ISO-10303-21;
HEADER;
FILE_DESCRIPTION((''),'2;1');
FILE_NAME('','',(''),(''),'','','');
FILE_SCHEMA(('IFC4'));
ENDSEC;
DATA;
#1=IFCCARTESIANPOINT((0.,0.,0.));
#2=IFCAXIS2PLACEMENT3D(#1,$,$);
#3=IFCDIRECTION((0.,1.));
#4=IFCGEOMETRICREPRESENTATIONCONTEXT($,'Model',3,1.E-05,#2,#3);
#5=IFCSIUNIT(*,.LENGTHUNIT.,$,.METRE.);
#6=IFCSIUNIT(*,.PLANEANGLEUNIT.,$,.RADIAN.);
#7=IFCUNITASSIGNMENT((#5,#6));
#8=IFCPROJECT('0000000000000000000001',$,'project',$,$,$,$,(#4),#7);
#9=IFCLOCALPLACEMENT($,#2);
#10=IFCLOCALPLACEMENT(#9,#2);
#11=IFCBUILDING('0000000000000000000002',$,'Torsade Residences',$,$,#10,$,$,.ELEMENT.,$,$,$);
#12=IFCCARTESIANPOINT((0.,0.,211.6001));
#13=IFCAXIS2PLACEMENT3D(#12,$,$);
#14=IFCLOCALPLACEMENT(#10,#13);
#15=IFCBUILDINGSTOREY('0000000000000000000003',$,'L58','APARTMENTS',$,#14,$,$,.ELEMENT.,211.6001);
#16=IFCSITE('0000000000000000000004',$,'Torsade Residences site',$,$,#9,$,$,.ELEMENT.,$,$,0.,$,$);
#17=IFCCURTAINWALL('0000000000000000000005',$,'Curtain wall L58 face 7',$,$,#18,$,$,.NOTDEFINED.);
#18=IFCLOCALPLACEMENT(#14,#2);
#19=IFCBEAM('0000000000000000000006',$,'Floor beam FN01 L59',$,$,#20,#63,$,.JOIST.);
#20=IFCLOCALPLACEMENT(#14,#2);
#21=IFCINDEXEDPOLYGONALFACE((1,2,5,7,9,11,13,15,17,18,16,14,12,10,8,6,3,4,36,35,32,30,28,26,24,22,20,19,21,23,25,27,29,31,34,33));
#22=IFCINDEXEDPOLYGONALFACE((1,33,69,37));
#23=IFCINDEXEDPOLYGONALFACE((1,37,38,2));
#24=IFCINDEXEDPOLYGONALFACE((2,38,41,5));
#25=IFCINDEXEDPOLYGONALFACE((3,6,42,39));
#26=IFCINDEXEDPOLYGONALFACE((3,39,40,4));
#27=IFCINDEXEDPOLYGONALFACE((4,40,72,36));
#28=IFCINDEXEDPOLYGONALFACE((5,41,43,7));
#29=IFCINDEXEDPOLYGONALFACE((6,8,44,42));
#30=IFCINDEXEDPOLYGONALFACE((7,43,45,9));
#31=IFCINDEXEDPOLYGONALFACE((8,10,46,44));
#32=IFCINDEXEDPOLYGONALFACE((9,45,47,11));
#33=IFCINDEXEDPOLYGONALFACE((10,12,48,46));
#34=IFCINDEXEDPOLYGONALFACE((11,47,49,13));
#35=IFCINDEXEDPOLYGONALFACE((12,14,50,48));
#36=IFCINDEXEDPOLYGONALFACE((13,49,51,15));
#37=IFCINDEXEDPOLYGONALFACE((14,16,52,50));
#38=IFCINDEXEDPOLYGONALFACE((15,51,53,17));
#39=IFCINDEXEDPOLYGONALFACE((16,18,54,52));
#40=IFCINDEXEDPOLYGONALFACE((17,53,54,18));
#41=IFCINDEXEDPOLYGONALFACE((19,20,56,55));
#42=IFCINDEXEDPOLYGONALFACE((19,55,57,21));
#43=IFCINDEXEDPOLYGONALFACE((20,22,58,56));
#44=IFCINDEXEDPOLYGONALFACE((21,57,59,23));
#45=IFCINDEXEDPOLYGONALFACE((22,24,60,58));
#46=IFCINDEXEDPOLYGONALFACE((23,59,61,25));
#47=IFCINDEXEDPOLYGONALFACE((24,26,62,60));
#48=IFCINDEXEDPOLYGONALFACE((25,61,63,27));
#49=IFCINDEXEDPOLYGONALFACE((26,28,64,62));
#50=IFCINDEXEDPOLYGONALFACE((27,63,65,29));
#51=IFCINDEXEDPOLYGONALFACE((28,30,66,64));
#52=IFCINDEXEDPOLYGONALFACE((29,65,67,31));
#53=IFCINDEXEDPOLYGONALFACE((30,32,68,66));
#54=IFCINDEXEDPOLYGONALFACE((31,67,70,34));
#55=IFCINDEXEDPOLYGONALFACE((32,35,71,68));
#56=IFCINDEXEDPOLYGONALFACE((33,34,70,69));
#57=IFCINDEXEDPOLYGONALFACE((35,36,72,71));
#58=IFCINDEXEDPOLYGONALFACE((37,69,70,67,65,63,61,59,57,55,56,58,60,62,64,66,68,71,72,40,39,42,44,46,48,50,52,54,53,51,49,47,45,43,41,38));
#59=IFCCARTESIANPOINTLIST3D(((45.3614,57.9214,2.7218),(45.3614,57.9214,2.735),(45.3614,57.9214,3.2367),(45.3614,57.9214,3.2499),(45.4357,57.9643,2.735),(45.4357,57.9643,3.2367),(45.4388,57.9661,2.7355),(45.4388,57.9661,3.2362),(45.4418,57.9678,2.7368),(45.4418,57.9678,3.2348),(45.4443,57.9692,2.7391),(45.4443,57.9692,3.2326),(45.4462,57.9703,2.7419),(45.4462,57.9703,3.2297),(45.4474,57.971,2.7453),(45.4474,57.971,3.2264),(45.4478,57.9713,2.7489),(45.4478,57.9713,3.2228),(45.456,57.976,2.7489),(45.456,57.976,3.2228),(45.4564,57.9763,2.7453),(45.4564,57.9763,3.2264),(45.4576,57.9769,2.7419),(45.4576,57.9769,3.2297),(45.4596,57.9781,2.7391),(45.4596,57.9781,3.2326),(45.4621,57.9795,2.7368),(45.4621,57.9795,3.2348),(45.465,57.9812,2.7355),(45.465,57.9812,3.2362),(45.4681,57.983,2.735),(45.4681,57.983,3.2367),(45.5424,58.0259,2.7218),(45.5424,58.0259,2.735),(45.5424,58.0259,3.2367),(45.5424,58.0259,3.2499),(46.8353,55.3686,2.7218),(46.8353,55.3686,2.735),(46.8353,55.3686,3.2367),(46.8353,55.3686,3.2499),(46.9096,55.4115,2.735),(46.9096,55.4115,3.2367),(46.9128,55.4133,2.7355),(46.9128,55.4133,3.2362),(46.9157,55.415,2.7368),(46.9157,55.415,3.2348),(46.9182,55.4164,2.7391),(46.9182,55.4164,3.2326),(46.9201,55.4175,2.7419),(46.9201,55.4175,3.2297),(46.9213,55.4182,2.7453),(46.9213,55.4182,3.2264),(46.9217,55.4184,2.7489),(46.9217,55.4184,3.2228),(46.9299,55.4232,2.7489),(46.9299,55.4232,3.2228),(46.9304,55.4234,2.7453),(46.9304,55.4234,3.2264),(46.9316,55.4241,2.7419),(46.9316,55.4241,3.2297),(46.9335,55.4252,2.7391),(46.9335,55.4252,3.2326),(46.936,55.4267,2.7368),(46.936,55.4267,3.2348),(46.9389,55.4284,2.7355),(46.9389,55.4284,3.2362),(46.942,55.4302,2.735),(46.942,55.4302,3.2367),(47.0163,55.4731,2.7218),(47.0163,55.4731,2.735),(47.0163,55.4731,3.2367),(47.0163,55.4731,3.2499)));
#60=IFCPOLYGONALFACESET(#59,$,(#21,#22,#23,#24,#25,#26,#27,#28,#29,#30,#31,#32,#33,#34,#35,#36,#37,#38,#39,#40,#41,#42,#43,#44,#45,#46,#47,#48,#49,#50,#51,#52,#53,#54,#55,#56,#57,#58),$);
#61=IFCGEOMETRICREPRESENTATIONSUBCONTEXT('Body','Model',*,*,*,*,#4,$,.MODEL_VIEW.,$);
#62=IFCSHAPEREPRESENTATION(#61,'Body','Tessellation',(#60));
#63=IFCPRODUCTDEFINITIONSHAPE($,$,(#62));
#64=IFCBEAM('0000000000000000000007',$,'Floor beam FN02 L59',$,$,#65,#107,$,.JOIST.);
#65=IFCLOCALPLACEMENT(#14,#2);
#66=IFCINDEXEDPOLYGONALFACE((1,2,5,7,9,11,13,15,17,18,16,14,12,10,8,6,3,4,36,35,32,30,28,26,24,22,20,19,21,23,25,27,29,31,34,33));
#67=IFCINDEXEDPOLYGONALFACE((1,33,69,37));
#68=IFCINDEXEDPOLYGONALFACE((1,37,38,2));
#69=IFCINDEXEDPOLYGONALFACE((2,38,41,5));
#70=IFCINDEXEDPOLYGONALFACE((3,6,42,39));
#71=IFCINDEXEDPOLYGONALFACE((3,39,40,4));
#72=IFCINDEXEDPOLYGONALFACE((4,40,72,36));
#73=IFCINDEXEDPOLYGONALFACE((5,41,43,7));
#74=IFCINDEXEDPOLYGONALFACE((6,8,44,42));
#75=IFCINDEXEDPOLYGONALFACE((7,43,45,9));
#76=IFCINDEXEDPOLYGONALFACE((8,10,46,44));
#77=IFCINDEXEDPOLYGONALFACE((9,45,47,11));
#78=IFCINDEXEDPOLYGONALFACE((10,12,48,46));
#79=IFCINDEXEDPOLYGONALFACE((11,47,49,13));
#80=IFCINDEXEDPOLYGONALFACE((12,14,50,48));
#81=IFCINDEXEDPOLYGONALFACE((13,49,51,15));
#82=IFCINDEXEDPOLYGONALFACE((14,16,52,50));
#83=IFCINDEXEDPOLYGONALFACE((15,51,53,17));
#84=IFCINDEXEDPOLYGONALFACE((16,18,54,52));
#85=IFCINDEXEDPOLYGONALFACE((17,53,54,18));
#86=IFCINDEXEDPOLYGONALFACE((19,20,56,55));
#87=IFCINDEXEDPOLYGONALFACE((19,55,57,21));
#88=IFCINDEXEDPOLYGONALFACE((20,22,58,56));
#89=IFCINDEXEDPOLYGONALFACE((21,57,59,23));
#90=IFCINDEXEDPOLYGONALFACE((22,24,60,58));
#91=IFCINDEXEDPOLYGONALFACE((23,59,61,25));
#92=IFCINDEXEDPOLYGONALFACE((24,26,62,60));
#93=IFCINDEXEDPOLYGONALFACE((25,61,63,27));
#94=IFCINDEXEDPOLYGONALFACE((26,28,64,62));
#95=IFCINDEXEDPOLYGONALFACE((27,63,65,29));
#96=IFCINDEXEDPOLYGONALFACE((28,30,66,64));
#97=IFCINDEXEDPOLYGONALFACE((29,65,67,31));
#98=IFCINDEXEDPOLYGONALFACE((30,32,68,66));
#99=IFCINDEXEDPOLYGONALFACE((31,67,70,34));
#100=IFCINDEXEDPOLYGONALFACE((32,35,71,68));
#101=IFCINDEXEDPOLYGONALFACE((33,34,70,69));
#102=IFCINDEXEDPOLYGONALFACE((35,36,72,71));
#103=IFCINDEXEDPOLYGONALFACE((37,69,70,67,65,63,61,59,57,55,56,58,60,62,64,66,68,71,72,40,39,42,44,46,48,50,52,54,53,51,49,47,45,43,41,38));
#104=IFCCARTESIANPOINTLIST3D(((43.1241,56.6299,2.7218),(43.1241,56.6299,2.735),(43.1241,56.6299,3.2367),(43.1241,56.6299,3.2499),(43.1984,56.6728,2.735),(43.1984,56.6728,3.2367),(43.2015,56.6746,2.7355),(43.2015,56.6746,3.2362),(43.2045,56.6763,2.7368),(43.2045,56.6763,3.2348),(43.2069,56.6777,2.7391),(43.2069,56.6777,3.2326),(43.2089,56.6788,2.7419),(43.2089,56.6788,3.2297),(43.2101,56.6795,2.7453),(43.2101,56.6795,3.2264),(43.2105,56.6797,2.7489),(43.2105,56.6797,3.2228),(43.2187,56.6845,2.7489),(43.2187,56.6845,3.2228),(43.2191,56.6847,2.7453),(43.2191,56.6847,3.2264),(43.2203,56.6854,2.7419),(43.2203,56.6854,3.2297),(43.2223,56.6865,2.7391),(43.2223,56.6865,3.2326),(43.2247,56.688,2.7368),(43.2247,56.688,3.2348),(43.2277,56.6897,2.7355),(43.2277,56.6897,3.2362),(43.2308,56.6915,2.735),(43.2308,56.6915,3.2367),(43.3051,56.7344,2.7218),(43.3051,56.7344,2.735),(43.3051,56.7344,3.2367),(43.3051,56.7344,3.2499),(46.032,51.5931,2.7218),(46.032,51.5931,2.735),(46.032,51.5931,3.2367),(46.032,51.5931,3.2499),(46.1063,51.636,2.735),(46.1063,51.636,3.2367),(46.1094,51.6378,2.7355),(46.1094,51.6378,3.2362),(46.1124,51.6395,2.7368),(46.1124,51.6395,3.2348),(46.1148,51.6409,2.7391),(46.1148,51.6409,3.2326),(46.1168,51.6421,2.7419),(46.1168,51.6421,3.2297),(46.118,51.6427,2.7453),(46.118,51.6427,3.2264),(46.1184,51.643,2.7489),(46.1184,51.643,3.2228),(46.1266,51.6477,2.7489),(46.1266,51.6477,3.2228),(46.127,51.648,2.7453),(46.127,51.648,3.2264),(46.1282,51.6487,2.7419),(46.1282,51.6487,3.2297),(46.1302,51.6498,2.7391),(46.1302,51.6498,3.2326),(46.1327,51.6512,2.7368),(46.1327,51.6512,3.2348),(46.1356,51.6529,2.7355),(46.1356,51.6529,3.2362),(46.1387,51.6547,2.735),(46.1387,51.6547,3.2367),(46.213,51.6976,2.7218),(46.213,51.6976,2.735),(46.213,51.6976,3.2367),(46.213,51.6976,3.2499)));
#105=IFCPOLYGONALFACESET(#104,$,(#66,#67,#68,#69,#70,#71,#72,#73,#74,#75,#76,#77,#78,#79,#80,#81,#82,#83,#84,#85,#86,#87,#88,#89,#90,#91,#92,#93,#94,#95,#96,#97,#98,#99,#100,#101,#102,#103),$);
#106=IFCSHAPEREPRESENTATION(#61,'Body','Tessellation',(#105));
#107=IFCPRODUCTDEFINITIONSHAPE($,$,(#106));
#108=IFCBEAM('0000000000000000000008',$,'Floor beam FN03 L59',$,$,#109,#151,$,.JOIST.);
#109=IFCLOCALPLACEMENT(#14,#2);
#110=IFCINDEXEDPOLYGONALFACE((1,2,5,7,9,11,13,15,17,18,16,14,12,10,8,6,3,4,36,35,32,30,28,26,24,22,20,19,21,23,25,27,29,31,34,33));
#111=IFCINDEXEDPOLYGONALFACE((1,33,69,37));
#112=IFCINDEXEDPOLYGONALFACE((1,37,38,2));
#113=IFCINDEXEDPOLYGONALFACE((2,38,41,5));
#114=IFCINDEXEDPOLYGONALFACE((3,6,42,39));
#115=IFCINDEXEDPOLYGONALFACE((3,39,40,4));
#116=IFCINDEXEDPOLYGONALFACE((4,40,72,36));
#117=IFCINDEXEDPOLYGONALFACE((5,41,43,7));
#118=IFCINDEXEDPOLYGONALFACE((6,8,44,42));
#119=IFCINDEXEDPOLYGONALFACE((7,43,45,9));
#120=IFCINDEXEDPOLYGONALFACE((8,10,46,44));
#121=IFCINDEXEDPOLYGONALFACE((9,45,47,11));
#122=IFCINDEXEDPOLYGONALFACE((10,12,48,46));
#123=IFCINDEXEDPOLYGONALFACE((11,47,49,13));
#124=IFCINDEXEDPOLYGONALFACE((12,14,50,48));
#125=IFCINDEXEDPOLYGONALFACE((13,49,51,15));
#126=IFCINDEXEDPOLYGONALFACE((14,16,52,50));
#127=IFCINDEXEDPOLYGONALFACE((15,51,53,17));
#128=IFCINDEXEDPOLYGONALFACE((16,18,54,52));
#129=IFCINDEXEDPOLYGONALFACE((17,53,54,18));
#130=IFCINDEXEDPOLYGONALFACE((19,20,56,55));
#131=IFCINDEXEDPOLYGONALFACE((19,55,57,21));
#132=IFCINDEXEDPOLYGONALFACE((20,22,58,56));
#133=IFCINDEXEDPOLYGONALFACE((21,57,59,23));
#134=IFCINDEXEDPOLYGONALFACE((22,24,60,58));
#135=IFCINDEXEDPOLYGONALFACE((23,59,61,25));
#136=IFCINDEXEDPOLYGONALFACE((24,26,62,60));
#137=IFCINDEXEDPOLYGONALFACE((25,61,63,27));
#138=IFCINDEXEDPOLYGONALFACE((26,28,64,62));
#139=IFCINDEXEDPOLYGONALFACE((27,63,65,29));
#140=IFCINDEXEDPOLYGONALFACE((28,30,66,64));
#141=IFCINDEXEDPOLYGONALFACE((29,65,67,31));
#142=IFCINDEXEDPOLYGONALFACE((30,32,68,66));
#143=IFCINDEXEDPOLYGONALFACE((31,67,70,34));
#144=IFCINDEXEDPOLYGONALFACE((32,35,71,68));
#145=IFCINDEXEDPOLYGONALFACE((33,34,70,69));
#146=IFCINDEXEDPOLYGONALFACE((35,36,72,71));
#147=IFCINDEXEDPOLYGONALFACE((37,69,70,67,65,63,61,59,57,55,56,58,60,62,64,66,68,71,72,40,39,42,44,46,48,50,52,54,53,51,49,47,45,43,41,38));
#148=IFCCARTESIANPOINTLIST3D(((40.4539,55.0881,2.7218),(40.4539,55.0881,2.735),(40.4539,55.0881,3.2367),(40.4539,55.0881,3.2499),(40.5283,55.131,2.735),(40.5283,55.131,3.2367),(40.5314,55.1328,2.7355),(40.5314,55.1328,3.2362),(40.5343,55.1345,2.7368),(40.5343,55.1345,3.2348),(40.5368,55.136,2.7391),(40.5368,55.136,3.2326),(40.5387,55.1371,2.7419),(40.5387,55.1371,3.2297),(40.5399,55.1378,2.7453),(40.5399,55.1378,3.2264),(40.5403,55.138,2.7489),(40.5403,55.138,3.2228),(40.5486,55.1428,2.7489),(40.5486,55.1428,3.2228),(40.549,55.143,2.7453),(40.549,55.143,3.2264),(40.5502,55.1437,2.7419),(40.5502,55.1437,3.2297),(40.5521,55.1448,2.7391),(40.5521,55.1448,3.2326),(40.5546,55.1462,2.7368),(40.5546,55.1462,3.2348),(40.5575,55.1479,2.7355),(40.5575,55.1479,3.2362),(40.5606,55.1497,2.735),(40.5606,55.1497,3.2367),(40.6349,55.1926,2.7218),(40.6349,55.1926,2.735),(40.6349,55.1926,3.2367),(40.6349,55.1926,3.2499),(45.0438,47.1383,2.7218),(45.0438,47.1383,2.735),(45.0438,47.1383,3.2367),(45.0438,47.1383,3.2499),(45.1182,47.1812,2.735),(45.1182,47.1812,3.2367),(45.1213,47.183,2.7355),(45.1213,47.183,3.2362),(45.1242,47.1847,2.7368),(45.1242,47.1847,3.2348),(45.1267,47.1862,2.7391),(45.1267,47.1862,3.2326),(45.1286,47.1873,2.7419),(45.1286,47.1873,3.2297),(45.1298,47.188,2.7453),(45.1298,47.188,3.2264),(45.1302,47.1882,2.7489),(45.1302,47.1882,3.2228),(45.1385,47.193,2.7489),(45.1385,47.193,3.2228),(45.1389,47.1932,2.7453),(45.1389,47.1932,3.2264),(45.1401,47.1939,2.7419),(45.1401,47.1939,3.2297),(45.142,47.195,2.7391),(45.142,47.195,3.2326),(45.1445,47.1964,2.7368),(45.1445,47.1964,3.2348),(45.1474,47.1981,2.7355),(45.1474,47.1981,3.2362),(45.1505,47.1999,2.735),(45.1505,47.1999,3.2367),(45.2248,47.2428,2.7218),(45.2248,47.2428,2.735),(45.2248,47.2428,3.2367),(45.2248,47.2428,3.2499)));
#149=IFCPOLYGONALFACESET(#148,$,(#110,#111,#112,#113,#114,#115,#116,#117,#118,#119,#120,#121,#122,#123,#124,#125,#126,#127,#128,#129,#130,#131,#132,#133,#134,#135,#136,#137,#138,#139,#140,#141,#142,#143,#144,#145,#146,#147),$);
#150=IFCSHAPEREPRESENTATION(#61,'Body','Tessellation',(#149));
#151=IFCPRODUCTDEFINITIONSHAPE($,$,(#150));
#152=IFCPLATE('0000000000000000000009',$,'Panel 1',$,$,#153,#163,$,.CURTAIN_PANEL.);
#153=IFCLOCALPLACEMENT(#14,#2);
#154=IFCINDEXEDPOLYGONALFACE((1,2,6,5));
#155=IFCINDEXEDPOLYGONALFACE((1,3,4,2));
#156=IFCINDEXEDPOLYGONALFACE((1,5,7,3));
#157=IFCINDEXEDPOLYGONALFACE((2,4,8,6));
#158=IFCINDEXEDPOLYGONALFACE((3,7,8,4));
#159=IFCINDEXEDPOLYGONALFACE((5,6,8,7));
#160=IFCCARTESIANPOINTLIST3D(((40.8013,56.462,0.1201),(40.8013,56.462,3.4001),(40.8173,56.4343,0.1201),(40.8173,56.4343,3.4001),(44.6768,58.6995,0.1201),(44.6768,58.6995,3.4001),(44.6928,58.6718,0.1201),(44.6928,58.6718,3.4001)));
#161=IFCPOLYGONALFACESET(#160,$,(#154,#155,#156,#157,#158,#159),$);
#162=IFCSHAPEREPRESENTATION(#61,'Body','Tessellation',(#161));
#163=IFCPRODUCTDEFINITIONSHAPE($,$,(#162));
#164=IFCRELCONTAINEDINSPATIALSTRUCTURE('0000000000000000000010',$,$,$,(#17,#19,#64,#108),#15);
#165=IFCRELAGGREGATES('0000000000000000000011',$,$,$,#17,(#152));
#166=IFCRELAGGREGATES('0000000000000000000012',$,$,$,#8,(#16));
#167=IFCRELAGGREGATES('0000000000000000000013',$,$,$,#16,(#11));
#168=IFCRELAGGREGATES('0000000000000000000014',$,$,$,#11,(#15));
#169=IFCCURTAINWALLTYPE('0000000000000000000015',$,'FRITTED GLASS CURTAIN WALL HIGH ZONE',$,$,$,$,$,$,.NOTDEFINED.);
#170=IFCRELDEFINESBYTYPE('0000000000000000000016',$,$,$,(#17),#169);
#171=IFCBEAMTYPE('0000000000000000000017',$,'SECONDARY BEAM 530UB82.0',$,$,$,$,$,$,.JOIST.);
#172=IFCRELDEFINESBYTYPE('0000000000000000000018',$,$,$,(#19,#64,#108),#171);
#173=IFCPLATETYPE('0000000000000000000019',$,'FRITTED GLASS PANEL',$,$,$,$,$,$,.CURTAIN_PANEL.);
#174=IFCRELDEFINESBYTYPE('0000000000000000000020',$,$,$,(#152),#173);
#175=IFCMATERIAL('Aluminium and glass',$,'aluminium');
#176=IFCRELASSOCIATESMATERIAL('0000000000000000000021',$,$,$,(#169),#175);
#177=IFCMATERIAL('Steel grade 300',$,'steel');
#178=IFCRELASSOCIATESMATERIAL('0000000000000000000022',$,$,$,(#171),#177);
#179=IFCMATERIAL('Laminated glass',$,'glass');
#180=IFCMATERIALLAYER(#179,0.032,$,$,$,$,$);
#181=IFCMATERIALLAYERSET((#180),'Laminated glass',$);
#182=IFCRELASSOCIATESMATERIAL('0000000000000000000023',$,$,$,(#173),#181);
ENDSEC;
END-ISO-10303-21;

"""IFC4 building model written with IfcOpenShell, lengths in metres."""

from ifc_helpers import new_model, si_unit, direction, frame, origin, origin_2d, place, context, subcontext, project, spatial, rectangle, i_section, extrude, material, layer, layer_set, material_profile, profile_set, type_object, element, aggregate, save


model = new_model("IFC4")

# Units and contexts
model_context = context("Model", 3, precision=1e-05, world=origin(), true_north=direction((0.0, 1.0)))
body_context = subcontext(model_context, "Body", "Model", "MODEL_VIEW")
ifc_project = project(units=[si_unit("LENGTHUNIT", "METRE"), si_unit("PLANEANGLEUNIT", "RADIAN")], contexts=[model_context])

# Site, building, storey
site_placement = place(None, origin())
site = spatial("IfcSite", under=ifc_project, at=site_placement, Name="Torsade Residences site", CompositionType="ELEMENT", RefElevation=0.0)
building_placement = place(site_placement, origin())
building = spatial("IfcBuilding", under=site, at=building_placement, Name="Torsade Residences", CompositionType="ELEMENT")
storey_placement = place(building_placement, frame((0.0, 0.0, 211.6001)))
storey = spatial("IfcBuildingStorey", under=building, at=storey_placement, Name="L58", Description="APARTMENTS", CompositionType="ELEMENT", Elevation=211.6001)

# Curtain wall
ifc_material_1 = material(Name="Aluminium and glass", Category="aluminium")
curtain_wall_type = type_object("IfcCurtainWallType", Name="FRITTED GLASS CURTAIN WALL HIGH ZONE", PredefinedType="NOTDEFINED", material=ifc_material_1)
curtain_wall_placement = place(storey_placement, origin())
curtain_wall = element("IfcCurtainWall", 1, at=curtain_wall_placement, inside=storey, type_object=curtain_wall_type, Name="Curtain wall L58 face 7", PredefinedType="NOTDEFINED")

# Beams
ifc_material_2 = material(Name="Steel grade 300", Category="steel")
ifc_material_profile_1 = material_profile(ifc_material_2, i_section(OverallWidth=0.209, OverallDepth=0.5281, WebThickness=0.0095, FlangeThickness=0.0132, FilletRadius=0.0139, at=origin_2d()), Name="530UB82.0")
ifc_profile_set_1 = profile_set([ifc_material_profile_1], Name="Steel grade 300")
beam_type_1 = type_object("IfcBeamType", Name="SECONDARY BEAM 530UB82.0", PredefinedType="JOIST", material=ifc_profile_set_1)
beam_1_placement = place(storey_placement, frame((45.4519, 57.9736, 2.9858), z_axis=(0.500014, -0.866017, 0.0), x_axis=(0.866017, 0.500014, 0.0)))
element("IfcBeam", 2, at=beam_1_placement, inside=storey, type_object=beam_type_1, Name="Floor beam FN01 L59", PredefinedType="JOIST", context=body_context, shape_type="SweptSolid", body=[
    extrude(i_section(OverallWidth=0.209, OverallDepth=0.5281, WebThickness=0.0095, FlangeThickness=0.0132, FilletRadius=0.0139, at=origin_2d()), origin(), (0.0, 0.0, 1.0), 2.9478),
])
beam_2_placement = place(storey_placement, frame((43.2146, 56.6821, 2.9858), z_axis=(0.49999, -0.866031, 0.0), x_axis=(0.866031, 0.49999, 0.0)))
element("IfcBeam", 3, at=beam_2_placement, inside=storey, type_object=beam_type_1, Name="Floor beam FN02 L59", PredefinedType="JOIST", context=body_context, shape_type="SweptSolid", body=[
    extrude(i_section(OverallWidth=0.209, OverallDepth=0.5281, WebThickness=0.0095, FlangeThickness=0.0132, FilletRadius=0.0139, at=origin_2d()), origin(), (0.0, 0.0, 1.0), 5.8159),
])
beam_3_placement = place(storey_placement, frame((40.5444, 55.1404, 2.9858), z_axis=(0.500006, -0.866022, 0.0), x_axis=(0.866022, 0.500006, 0.0)))
element("IfcBeam", 4, at=beam_3_placement, inside=storey, type_object=beam_type_1, Name="Floor beam FN03 L59", PredefinedType="JOIST", context=body_context, shape_type="SweptSolid", body=[
    extrude(i_section(OverallWidth=0.209, OverallDepth=0.5281, WebThickness=0.0095, FlangeThickness=0.0132, FilletRadius=0.0139, at=origin_2d()), origin(), (0.0, 0.0, 1.0), 9.1797),
])

# Plate
ifc_material_3 = material(Name="Laminated glass", Category="glass")
ifc_layer_1 = layer(ifc_material_3, 0.032)
ifc_layer_set_1 = layer_set([ifc_layer_1], Name="Laminated glass")
plate_type = type_object("IfcPlateType", Name="FRITTED GLASS PANEL", PredefinedType="CURTAIN_PANEL", material=ifc_layer_set_1)
plate_placement = place(storey_placement, frame((42.7471, 57.5669, 0.1201), z_axis=(0.0, 0.0, 1.0), x_axis=(-0.866025, -0.5, 0.0)))
plate = element("IfcPlate", 5, at=plate_placement, type_object=plate_type, Name="Panel 1", PredefinedType="CURTAIN_PANEL", context=body_context, shape_type="SweptSolid", body=[
    extrude(rectangle(XDim=4.4751, YDim=0.032, at=origin_2d()), origin(), (0.0, 0.0, 1.0), 3.28),
])
aggregate(curtain_wall, [plate])

save(model, "model.ifc")
